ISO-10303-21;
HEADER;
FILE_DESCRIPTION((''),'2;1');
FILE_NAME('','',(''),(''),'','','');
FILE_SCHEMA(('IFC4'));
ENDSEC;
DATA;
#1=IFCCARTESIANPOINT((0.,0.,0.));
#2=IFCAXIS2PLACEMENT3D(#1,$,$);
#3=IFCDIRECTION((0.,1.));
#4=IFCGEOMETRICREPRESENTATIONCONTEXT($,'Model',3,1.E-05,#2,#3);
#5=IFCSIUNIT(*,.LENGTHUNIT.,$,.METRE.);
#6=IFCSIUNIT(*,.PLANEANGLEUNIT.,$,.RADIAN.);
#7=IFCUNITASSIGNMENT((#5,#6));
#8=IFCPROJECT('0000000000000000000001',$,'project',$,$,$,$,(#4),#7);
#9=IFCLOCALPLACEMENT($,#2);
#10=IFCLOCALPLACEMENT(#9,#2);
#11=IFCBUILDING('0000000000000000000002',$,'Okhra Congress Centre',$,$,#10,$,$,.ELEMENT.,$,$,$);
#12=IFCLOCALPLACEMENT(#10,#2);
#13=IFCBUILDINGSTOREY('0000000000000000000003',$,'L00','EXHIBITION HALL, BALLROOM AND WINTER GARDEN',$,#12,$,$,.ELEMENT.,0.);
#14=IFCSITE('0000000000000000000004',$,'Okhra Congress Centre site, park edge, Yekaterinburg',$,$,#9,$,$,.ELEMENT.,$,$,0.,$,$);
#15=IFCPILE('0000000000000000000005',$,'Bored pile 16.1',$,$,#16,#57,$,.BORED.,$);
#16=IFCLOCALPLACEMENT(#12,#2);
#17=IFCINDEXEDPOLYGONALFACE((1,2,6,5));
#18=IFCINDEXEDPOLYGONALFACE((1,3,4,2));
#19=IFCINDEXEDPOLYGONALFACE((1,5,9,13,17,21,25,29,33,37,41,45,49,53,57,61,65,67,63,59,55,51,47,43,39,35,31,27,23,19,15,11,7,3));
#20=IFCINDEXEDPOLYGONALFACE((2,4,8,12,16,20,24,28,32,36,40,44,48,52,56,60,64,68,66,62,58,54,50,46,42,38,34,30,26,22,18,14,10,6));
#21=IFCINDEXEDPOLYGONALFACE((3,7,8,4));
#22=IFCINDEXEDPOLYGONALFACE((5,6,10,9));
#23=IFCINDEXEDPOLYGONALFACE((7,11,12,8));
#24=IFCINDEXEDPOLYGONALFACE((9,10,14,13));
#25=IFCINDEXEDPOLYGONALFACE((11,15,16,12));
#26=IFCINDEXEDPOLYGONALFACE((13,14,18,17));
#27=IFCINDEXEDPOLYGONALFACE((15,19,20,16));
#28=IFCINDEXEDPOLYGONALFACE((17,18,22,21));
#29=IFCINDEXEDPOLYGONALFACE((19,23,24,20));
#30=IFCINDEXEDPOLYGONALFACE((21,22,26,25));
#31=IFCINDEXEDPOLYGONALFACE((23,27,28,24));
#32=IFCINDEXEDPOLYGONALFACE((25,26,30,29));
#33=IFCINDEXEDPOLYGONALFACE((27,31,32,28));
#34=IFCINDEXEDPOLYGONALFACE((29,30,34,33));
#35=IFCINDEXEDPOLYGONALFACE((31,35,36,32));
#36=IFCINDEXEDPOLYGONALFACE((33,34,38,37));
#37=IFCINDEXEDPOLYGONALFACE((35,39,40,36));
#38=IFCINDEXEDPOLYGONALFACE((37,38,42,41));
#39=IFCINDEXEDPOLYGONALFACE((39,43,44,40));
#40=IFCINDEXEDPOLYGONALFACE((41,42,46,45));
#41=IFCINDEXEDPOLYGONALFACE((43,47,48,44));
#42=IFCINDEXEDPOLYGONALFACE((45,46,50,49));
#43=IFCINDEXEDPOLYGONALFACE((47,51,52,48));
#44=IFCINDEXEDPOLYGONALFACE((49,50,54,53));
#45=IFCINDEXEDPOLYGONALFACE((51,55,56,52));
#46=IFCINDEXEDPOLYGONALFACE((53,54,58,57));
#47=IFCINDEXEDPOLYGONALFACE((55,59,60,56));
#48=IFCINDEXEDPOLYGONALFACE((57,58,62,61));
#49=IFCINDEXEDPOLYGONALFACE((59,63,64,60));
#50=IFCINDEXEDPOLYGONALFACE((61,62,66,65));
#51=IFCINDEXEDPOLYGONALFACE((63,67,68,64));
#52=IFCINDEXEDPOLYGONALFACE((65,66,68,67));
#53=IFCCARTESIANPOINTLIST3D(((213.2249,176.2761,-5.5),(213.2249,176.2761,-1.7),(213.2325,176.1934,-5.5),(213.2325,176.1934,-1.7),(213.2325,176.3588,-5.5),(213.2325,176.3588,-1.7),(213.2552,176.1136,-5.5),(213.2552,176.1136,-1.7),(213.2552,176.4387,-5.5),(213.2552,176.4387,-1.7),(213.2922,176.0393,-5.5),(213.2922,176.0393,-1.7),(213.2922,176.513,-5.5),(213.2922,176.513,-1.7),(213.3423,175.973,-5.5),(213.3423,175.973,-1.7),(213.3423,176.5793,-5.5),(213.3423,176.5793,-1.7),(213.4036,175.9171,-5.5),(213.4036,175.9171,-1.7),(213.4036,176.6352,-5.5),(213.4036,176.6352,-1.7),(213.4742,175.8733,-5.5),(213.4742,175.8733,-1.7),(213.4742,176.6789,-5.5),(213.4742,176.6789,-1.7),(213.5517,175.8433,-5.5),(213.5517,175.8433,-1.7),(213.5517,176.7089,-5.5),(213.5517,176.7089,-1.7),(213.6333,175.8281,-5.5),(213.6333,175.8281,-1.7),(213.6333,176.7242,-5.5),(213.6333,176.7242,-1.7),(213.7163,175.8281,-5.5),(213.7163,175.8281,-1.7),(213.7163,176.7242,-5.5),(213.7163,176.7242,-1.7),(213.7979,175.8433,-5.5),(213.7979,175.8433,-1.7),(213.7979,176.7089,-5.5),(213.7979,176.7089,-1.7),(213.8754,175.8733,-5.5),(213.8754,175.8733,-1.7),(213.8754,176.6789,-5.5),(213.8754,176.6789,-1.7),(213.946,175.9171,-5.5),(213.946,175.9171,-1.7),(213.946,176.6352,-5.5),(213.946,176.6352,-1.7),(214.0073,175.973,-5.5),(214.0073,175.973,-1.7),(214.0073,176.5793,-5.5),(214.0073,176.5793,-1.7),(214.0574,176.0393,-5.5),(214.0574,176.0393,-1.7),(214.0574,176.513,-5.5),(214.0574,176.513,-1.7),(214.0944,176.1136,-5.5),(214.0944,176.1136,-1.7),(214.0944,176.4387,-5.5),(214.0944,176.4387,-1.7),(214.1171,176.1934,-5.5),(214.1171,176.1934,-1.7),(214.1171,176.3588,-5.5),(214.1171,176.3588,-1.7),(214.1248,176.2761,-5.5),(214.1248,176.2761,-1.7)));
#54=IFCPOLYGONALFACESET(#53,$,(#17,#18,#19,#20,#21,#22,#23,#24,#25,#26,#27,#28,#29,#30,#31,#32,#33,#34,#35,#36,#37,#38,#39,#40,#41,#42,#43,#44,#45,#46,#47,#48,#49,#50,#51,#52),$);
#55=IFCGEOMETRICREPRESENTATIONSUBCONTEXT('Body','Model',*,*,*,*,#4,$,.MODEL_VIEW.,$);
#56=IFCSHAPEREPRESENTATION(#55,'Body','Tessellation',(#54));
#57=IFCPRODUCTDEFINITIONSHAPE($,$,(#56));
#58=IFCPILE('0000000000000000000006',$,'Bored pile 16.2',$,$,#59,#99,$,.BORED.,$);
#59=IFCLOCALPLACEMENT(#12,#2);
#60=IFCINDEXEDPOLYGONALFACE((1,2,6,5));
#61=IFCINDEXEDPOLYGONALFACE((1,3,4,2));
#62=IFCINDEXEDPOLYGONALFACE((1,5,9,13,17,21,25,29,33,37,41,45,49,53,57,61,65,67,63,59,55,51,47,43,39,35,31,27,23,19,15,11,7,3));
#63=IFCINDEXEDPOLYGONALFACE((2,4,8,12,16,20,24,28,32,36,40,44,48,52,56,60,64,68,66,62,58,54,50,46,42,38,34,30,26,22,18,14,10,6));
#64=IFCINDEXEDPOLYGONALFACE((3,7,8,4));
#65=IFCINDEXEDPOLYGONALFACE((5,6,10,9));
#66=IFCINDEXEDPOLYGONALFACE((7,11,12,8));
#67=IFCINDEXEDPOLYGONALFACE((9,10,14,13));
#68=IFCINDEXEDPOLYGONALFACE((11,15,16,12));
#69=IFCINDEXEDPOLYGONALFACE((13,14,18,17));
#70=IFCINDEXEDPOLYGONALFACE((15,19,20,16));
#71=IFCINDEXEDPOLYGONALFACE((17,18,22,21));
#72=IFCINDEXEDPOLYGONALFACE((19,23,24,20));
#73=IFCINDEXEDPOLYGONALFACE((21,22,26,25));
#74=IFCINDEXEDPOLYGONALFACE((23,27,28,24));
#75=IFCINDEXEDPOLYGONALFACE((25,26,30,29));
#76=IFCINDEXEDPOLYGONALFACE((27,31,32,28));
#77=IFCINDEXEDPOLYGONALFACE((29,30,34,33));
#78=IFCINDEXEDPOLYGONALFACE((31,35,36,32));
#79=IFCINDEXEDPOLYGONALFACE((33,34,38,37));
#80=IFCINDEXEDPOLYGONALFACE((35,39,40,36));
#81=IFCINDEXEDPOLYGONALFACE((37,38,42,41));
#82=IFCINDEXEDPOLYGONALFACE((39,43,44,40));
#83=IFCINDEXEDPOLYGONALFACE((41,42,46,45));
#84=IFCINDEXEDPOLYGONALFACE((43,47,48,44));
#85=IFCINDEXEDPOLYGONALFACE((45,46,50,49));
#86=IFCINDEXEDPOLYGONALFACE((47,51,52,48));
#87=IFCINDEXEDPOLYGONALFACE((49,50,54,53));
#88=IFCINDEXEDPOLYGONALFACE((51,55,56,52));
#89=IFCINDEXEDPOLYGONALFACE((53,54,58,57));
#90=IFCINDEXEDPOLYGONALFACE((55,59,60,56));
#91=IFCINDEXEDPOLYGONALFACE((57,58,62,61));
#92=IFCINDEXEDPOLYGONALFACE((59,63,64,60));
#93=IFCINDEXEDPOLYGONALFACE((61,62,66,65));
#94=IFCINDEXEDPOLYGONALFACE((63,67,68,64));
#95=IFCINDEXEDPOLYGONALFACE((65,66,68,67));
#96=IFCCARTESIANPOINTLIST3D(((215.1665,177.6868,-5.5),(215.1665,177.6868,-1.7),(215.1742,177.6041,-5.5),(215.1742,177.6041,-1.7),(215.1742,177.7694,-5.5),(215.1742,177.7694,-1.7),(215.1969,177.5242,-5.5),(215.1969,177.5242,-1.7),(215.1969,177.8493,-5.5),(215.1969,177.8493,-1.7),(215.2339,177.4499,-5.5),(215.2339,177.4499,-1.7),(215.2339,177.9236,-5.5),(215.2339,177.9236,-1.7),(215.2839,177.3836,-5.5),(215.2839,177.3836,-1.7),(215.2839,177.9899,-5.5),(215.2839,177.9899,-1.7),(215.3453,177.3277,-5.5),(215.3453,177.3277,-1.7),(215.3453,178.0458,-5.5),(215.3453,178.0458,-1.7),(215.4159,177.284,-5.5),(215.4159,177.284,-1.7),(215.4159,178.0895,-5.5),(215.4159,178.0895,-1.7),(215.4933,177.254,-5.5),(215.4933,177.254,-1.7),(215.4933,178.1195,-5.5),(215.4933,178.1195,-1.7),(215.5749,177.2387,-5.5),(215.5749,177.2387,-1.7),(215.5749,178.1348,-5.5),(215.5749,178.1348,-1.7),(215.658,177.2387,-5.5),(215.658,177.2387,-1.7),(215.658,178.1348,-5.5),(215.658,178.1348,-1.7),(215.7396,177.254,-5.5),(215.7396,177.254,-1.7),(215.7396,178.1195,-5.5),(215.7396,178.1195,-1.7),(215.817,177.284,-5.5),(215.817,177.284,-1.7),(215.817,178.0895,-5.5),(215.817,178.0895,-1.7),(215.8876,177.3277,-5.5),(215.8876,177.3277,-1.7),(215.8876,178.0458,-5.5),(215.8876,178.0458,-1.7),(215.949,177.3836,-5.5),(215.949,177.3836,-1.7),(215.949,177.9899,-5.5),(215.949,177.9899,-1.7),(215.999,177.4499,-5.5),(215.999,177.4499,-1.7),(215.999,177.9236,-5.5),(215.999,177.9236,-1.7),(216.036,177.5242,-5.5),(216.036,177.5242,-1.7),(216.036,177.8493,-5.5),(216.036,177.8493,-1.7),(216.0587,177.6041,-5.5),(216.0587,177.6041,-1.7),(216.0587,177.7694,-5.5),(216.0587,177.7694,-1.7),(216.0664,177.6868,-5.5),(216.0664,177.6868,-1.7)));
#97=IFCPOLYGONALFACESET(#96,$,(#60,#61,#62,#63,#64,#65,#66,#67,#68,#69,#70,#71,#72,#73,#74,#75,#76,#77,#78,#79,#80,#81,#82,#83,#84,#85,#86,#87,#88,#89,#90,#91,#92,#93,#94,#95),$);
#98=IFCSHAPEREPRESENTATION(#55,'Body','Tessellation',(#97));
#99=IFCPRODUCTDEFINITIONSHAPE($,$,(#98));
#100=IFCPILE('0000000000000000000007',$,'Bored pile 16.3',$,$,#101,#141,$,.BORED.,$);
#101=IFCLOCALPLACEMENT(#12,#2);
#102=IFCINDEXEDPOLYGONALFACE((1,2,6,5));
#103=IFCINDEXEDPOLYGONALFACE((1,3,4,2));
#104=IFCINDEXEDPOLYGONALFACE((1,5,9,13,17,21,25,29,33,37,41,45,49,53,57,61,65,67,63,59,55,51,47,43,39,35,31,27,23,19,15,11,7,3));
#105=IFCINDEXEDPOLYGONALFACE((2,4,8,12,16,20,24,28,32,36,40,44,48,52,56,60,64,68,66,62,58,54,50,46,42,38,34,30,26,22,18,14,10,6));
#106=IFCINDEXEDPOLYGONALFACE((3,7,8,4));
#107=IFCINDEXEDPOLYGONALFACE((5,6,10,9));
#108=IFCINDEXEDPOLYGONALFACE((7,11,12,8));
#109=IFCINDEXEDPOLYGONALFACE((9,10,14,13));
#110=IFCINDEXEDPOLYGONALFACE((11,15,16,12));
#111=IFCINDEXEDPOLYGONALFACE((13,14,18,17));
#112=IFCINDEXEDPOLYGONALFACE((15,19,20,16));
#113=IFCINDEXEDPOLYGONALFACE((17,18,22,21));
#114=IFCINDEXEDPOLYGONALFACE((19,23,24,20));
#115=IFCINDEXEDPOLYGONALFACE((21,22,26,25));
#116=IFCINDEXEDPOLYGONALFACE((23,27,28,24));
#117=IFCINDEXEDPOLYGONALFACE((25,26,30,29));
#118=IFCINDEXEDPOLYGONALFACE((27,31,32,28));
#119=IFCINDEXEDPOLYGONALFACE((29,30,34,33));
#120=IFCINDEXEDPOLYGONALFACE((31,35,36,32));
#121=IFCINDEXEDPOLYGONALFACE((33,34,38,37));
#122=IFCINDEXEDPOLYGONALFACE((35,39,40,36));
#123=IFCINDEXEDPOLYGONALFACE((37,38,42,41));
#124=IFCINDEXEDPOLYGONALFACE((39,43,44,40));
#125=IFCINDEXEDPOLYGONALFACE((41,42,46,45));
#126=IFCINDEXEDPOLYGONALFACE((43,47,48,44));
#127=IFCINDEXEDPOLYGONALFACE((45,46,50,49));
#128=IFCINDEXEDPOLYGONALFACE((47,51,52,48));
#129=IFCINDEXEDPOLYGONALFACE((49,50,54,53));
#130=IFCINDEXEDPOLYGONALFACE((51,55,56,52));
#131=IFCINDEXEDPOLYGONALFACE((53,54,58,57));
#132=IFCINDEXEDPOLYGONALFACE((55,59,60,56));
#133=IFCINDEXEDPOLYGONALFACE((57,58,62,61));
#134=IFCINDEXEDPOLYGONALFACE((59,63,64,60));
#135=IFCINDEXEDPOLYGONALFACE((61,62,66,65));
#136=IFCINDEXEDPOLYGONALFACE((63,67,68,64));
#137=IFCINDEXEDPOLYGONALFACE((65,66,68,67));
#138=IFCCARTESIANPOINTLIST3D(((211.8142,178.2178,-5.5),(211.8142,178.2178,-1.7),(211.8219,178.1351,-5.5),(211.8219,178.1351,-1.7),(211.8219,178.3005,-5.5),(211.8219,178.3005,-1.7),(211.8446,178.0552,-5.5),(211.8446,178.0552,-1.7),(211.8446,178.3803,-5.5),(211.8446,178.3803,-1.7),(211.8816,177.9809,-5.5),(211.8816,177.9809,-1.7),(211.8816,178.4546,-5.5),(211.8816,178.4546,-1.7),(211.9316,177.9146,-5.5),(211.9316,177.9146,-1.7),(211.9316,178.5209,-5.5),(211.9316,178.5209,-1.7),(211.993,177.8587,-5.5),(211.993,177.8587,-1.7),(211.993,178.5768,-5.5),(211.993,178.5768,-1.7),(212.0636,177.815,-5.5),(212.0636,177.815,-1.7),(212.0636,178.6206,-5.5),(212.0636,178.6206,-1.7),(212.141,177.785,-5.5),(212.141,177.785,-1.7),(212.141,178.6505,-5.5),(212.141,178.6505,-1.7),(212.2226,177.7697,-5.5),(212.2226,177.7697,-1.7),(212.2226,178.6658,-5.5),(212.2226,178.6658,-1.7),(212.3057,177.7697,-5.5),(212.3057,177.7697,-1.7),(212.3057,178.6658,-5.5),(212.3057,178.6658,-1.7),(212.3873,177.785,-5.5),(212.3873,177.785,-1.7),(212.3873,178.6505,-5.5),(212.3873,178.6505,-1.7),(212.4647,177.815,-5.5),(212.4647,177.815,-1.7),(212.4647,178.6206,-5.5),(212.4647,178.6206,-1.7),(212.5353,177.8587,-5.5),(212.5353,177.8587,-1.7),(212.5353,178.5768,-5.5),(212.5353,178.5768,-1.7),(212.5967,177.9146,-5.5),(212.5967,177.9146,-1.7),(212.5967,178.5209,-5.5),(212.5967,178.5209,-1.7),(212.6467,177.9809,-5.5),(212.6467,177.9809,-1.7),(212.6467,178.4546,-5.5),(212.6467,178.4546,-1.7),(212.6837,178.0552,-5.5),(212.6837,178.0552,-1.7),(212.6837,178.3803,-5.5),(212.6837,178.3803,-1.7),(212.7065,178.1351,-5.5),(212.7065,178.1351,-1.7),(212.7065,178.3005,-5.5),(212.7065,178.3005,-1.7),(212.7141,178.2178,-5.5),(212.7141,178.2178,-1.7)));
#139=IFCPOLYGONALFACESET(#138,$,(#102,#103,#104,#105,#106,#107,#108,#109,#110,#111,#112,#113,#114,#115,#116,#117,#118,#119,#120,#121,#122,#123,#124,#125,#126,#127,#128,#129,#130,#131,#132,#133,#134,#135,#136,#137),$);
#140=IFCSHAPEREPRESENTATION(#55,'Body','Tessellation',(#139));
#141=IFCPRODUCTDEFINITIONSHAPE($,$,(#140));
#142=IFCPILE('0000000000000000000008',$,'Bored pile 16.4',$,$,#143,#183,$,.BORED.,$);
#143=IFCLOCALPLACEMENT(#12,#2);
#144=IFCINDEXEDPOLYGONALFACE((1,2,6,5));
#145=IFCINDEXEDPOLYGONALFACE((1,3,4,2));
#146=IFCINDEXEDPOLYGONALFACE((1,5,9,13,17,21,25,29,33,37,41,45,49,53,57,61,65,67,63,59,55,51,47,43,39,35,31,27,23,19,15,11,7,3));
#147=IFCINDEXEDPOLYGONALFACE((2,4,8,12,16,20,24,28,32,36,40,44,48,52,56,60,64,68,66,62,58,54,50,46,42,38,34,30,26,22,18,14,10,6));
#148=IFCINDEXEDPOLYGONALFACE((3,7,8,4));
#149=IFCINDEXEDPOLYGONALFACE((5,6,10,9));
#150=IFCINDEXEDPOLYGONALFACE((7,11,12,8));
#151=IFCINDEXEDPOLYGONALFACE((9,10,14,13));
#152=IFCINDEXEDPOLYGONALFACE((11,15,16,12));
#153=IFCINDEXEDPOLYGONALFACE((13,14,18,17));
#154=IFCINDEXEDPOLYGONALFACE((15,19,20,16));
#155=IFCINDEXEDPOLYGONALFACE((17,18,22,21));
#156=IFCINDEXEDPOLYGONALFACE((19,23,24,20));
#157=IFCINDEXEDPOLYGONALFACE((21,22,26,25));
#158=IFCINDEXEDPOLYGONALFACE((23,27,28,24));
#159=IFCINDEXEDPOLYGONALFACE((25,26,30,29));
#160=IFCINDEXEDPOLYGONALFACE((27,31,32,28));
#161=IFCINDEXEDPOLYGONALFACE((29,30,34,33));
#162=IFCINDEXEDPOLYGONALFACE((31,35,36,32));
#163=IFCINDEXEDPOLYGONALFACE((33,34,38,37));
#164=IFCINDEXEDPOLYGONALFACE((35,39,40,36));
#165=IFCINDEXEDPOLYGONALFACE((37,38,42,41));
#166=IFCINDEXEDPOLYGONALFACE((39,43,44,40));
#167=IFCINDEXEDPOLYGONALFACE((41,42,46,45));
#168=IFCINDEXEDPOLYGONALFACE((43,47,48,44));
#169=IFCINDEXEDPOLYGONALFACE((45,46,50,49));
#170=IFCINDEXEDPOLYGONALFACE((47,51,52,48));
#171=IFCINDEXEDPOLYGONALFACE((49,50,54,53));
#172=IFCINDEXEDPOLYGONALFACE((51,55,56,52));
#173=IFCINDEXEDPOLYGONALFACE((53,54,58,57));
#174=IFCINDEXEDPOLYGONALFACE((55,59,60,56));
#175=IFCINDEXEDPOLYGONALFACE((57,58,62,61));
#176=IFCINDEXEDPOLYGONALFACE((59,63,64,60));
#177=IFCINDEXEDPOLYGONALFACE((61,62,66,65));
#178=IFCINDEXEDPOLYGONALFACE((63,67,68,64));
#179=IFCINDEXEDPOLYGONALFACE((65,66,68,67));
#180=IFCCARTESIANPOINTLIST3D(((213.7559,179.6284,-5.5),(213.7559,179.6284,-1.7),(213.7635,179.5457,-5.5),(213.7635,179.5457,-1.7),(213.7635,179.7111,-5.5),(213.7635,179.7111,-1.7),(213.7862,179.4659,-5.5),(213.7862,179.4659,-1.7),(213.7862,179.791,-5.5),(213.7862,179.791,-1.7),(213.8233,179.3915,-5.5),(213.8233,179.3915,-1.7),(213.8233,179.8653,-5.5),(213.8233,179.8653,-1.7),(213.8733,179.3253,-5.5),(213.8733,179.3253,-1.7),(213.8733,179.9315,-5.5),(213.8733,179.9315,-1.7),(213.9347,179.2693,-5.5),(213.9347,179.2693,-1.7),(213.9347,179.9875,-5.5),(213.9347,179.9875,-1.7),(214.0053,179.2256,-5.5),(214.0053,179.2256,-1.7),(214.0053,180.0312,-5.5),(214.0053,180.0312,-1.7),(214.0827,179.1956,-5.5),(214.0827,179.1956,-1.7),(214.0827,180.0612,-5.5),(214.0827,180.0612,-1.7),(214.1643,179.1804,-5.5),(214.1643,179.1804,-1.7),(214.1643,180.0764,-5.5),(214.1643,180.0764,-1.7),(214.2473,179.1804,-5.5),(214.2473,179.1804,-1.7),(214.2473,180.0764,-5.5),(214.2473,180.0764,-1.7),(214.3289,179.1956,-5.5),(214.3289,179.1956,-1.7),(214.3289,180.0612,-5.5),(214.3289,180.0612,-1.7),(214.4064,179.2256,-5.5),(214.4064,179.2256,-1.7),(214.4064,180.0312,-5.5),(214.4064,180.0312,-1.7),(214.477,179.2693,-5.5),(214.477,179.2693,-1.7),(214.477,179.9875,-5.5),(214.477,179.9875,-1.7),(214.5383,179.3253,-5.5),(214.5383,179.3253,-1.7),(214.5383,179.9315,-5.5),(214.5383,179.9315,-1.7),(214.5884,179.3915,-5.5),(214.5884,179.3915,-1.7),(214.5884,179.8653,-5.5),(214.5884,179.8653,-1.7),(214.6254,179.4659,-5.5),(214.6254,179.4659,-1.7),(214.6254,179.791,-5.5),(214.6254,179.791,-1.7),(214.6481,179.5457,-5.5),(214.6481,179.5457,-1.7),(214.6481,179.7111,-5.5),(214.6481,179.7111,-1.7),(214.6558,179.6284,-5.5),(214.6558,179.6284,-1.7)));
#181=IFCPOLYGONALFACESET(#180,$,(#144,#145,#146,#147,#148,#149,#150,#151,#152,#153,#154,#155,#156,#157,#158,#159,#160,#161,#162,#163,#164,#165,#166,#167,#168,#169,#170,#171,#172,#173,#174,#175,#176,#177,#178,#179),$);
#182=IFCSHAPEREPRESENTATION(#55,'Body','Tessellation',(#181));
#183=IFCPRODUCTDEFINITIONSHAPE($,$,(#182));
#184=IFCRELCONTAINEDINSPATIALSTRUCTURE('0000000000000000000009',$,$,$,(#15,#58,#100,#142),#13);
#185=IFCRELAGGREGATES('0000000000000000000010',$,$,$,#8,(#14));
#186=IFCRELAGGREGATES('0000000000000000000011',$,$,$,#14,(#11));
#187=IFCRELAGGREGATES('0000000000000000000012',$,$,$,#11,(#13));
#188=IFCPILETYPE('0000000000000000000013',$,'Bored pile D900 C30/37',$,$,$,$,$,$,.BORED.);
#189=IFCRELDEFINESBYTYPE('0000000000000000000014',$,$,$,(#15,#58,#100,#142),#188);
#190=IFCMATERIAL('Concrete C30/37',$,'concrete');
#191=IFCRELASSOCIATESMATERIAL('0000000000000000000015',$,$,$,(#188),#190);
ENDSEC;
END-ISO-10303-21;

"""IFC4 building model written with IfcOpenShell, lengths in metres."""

from ifc_helpers import new_model, si_unit, direction, frame, origin, origin_2d, place, context, subcontext, project, spatial, circle, extrude, material, material_profile, profile_set, type_object, element, save


model = new_model("IFC4")

# Units and contexts
model_context = context("Model", 3, precision=1e-05, world=origin(), true_north=direction((0.0, 1.0)))
body_context = subcontext(model_context, "Body", "Model", "MODEL_VIEW")
ifc_project = project(units=[si_unit("LENGTHUNIT", "METRE"), si_unit("PLANEANGLEUNIT", "RADIAN")], contexts=[model_context])

# Site, building, storey
site_placement = place(None, origin())
site = spatial("IfcSite", under=ifc_project, at=site_placement, Name="Okhra Congress Centre site, park edge, Yekaterinburg", CompositionType="ELEMENT", RefElevation=0.0)
building_placement = place(site_placement, origin())
building = spatial("IfcBuilding", under=site, at=building_placement, Name="Okhra Congress Centre", CompositionType="ELEMENT")
storey_placement = place(building_placement, origin())
storey = spatial("IfcBuildingStorey", under=building, at=storey_placement, Name="L00", Description="EXHIBITION HALL, BALLROOM AND WINTER GARDEN", CompositionType="ELEMENT", Elevation=0.0)

# Piles
ifc_material_1 = material(Name="Concrete C30/37", Category="concrete")
ifc_material_profile_1 = material_profile(ifc_material_1, circle(Radius=0.45, at=origin_2d()), Name="D900")
ifc_profile_set_1 = profile_set([ifc_material_profile_1], Name="Concrete C30/37")
pile_type = type_object("IfcPileType", Name="Bored pile D900 C30/37", PredefinedType="BORED", material=ifc_profile_set_1)
for number, where, z_axis, x_axis, name in (
    (1, (213.6748, 176.2761, -1.7), (0.0, 0.0, -1.0), (1.0, 0.0, 0.0), "Bored pile 16.1"),
    (2, (215.6165, 177.6868, -1.7), (0.0, 0.0, -1.0), (1.0, 0.0, 0.0), "Bored pile 16.2"),
    (3, (212.2642, 178.2178, -1.7), (0.0, 0.0, -1.0), (1.0, 0.0, 0.0), "Bored pile 16.3"),
    (4, (214.2058, 179.6284, -1.7), (0.0, 0.0, -1.0), (1.0, 0.0, 0.0), "Bored pile 16.4"),
):
    element("IfcPile", number, at=place(storey_placement, frame(where, z_axis=z_axis, x_axis=x_axis)), inside=storey, type_object=pile_type, Name=name, PredefinedType="BORED", context=body_context, shape_type="SweptSolid", body=[
        extrude(circle(Radius=0.45, at=origin_2d()), origin(), (0.0, 0.0, 1.0), 3.8),
    ])

save(model, "model.ifc")
